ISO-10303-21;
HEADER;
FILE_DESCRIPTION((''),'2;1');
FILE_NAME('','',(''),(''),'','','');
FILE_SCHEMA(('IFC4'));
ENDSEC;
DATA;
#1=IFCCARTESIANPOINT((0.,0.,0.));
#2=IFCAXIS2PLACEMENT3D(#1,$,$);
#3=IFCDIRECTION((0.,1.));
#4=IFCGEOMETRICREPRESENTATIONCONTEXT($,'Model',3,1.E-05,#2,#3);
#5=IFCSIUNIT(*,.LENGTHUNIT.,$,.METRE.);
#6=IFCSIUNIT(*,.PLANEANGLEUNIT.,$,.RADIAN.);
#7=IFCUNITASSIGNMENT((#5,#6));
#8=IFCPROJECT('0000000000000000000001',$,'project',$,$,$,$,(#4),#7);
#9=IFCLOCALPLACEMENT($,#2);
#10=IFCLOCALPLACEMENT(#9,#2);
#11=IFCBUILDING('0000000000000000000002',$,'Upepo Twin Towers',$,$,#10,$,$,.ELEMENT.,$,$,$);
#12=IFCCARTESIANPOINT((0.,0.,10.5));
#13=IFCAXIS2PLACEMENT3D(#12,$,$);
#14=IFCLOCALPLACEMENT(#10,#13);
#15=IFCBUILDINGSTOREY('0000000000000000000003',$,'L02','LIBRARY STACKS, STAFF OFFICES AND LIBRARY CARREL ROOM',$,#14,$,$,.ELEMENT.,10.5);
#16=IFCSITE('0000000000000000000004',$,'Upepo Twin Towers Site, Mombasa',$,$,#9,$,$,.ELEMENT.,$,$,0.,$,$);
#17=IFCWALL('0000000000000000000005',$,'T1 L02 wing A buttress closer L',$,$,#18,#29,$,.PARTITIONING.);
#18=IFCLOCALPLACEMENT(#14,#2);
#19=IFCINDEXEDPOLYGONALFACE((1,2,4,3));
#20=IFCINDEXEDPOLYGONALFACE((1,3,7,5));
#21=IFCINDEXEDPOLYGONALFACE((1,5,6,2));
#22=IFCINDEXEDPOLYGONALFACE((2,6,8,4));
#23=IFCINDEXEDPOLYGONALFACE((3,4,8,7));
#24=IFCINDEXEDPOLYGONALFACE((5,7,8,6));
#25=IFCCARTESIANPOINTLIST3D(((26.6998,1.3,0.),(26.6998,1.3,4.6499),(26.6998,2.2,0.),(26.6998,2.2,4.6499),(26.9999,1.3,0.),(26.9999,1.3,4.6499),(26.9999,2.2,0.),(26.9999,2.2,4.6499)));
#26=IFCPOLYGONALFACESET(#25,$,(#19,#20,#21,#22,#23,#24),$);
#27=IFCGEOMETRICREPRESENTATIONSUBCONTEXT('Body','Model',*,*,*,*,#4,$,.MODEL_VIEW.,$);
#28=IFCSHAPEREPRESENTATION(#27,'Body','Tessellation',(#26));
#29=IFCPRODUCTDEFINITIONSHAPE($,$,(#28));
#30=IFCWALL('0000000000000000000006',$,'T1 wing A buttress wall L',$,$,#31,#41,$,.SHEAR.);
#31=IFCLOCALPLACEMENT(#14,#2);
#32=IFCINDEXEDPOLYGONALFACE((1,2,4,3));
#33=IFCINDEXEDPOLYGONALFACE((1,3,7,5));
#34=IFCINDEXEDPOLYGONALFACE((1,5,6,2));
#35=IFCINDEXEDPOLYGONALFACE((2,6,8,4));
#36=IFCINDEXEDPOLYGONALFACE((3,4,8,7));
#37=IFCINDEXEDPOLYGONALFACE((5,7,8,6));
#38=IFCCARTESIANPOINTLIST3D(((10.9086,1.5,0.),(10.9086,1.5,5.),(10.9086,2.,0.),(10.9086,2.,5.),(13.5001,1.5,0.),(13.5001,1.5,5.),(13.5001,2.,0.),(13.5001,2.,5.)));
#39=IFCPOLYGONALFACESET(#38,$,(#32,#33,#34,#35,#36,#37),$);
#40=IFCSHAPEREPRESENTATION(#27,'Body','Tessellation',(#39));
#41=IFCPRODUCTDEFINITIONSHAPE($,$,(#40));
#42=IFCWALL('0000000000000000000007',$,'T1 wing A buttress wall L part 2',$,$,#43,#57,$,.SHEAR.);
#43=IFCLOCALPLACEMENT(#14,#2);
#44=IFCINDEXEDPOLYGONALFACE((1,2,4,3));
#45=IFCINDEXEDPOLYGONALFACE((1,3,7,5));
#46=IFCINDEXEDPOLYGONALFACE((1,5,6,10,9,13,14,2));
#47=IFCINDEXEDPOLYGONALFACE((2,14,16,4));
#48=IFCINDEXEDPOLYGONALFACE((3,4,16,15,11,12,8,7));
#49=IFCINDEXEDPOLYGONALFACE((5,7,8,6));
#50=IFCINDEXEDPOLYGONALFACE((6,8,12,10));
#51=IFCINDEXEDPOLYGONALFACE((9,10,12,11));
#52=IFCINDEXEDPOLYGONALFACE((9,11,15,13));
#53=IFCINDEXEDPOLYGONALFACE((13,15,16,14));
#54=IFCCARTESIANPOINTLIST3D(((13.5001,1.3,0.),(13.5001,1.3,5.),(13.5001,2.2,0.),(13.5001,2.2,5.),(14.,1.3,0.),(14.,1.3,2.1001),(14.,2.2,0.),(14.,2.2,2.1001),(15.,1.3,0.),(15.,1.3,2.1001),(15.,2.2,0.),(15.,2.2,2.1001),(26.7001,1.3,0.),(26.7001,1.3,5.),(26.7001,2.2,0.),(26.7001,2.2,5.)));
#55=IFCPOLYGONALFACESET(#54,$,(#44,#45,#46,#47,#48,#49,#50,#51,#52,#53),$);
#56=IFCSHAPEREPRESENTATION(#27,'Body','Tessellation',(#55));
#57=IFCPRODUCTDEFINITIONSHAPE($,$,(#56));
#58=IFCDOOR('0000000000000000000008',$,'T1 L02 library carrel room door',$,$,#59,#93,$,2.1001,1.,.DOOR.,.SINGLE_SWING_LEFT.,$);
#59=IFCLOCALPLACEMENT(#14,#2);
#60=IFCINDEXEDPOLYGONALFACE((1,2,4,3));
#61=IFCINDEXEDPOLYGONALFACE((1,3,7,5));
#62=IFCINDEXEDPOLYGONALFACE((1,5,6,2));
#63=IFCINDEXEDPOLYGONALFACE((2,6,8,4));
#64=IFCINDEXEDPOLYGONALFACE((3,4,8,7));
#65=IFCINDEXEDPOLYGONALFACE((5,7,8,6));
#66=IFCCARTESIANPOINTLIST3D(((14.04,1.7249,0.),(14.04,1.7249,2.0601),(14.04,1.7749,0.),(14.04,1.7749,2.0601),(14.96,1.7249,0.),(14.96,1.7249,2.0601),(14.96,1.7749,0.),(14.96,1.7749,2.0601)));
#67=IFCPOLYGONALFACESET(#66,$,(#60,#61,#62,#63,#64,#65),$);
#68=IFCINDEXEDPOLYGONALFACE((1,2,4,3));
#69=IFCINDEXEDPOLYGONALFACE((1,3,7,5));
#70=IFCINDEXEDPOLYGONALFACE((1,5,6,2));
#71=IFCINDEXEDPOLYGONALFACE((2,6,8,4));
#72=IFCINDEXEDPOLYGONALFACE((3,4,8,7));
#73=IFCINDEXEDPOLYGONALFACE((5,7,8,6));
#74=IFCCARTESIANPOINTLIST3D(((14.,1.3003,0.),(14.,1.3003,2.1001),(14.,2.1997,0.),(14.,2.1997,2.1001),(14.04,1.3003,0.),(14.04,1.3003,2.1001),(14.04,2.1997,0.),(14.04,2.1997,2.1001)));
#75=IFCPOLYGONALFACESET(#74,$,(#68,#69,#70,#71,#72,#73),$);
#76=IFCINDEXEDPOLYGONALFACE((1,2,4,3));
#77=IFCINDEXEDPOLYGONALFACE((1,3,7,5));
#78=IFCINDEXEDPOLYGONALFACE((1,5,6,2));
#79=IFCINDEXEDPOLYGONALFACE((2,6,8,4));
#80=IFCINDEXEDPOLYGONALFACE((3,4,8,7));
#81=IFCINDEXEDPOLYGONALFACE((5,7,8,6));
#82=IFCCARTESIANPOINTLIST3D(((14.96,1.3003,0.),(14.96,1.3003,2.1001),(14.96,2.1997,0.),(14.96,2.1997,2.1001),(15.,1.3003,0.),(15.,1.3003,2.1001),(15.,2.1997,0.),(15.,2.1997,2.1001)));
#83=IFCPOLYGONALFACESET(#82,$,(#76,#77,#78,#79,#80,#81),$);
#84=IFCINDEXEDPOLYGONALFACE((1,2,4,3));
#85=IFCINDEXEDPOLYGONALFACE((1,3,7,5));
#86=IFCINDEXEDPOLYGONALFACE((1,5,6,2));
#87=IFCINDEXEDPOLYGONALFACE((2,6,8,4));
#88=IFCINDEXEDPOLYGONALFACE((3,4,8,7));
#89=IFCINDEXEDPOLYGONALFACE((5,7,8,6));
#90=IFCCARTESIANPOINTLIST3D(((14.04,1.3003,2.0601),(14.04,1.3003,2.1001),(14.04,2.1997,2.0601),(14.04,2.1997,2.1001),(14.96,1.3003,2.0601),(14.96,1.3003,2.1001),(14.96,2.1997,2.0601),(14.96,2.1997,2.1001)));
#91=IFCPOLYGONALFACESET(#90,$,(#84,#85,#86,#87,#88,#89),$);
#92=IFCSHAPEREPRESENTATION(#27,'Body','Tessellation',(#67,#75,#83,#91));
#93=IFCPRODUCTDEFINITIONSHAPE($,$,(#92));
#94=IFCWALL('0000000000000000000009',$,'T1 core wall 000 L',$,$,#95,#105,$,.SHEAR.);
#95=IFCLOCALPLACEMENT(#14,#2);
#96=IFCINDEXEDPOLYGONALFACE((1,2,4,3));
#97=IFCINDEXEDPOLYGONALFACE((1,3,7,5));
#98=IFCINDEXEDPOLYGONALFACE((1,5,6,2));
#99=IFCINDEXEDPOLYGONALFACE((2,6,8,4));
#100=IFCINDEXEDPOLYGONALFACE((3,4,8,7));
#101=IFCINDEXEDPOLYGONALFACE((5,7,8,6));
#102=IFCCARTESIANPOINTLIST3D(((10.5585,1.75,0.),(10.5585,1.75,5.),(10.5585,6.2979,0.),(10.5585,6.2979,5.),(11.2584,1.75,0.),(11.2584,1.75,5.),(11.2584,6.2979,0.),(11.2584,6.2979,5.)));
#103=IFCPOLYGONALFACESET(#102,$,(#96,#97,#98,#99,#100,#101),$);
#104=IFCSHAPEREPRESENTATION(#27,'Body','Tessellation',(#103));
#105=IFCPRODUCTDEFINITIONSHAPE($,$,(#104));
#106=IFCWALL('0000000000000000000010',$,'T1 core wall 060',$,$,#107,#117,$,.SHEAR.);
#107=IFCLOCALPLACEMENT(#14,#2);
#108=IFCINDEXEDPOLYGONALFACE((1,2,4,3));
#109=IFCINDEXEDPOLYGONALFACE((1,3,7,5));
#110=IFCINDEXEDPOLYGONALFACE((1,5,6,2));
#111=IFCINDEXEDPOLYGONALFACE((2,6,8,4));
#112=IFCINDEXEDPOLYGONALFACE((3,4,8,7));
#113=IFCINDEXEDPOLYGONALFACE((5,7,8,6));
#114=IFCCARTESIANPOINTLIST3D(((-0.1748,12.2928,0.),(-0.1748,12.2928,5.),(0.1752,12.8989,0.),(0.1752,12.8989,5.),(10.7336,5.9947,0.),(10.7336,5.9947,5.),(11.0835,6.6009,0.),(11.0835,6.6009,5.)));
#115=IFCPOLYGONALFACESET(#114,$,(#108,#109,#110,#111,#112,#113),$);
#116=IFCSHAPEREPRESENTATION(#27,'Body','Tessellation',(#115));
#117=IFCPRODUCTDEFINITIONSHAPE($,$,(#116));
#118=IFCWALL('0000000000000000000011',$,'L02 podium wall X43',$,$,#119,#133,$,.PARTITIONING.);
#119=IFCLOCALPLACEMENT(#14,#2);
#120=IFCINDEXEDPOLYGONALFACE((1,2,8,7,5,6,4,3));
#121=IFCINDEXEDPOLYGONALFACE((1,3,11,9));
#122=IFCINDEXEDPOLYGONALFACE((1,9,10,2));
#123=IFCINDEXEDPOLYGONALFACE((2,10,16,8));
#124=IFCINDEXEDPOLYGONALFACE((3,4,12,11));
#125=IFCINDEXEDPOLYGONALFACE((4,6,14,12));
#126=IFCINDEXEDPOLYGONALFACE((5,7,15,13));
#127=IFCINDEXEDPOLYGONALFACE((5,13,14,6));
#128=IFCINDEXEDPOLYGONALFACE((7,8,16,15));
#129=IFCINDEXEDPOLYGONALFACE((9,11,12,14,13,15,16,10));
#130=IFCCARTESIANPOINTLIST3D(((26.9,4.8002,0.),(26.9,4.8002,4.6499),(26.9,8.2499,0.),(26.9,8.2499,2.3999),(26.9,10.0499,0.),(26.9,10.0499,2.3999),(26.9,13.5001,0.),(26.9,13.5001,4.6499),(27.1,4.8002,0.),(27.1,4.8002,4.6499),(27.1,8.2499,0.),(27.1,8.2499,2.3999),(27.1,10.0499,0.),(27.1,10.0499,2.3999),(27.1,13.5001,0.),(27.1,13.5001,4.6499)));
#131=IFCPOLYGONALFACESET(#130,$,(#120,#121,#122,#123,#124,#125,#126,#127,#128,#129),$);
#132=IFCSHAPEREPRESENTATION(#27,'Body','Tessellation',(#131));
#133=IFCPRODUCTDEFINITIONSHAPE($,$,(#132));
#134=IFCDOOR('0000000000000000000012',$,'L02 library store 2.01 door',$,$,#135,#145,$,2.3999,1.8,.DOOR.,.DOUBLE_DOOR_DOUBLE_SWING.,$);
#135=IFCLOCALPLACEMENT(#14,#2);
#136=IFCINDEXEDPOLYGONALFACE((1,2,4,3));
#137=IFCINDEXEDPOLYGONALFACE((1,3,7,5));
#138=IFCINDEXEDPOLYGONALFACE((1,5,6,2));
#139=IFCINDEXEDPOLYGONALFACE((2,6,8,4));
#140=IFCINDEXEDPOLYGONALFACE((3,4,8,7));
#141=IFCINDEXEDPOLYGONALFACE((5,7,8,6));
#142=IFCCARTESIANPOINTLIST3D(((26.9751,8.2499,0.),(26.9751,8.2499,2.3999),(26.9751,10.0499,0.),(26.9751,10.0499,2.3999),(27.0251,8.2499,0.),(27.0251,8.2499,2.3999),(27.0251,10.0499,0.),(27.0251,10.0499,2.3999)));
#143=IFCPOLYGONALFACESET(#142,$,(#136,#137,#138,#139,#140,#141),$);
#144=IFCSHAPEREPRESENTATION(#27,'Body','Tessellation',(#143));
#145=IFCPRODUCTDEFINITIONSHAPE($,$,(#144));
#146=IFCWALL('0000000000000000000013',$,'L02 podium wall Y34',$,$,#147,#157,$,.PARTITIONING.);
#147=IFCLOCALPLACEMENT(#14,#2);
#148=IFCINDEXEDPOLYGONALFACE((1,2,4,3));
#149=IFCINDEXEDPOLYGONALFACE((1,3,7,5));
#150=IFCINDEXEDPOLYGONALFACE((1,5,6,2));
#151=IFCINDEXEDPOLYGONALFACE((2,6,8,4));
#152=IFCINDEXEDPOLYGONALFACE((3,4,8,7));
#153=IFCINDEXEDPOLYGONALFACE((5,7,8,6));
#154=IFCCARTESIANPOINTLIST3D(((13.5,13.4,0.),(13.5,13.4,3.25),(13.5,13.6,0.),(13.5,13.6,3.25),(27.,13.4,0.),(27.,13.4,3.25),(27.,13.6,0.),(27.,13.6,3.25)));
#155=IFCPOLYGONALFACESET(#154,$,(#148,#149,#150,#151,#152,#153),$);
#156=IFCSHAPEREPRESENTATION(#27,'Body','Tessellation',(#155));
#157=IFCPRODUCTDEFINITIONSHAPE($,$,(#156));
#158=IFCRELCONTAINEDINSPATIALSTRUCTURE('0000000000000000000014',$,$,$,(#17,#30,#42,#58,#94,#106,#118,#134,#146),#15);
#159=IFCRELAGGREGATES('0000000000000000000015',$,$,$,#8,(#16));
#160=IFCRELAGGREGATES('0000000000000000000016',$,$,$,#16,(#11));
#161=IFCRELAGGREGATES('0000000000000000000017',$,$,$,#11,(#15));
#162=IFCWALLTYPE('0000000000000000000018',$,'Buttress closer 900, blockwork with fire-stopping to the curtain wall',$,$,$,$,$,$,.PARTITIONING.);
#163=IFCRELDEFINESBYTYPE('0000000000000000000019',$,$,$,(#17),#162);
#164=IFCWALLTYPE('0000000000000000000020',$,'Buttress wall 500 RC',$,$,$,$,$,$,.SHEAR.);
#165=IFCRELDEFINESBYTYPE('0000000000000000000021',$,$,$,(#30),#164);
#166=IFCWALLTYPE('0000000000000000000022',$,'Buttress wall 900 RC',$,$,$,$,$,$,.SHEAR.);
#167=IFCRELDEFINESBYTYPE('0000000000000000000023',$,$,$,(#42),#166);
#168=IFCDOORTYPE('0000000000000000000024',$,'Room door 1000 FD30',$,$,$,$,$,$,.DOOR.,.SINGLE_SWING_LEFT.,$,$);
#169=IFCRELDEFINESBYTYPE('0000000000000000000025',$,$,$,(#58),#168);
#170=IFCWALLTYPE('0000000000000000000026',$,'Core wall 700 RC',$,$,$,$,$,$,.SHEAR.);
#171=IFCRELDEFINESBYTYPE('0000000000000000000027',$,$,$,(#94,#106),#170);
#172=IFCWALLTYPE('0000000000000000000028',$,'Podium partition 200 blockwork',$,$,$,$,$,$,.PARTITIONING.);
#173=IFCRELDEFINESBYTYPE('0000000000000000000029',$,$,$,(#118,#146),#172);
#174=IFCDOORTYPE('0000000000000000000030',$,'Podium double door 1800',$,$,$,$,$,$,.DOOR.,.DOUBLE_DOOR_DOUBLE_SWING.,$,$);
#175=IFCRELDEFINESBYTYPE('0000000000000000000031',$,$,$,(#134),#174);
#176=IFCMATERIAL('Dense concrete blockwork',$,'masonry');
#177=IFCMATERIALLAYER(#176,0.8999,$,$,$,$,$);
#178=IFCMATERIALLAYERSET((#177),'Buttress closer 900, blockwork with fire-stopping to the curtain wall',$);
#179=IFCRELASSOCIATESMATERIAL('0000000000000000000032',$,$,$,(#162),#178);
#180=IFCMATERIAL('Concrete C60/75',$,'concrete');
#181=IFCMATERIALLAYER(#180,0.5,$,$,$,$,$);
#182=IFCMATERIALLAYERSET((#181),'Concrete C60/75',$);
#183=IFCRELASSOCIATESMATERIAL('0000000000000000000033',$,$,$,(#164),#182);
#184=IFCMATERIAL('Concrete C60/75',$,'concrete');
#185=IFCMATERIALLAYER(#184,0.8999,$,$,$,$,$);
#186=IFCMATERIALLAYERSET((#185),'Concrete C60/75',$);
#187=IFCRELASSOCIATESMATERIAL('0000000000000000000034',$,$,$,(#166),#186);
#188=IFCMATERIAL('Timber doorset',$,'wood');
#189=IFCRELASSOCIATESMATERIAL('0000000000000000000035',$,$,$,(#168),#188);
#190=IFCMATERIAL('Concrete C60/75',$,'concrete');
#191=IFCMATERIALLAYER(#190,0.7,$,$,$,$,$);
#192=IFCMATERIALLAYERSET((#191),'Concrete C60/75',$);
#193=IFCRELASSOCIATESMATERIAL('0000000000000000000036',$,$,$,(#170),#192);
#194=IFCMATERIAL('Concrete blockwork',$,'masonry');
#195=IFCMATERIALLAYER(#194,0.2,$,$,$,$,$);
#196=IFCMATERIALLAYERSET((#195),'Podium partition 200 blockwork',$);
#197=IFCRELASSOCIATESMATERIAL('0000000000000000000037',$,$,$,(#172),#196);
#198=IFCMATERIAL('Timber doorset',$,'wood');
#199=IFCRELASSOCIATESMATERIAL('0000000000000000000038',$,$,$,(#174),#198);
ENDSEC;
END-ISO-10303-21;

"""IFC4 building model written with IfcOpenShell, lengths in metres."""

from ifc_helpers import new_model, si_unit, direction, frame, frame_2d, origin, place, context, subcontext, project, spatial, rectangle, extrude, material, layer, layer_set, type_object, element, fill, save


model = new_model("IFC4")

# Units and contexts
model_context = context("Model", 3, precision=1e-05, world=origin(), true_north=direction((0.0, 1.0)))
body_context = subcontext(model_context, "Body", "Model", "MODEL_VIEW")
ifc_project = project(units=[si_unit("LENGTHUNIT", "METRE"), si_unit("PLANEANGLEUNIT", "RADIAN")], contexts=[model_context])

# Site, building, storey
site_placement = place(None, origin())
site = spatial("IfcSite", under=ifc_project, at=site_placement, Name="Upepo Twin Towers Site, Mombasa", CompositionType="ELEMENT", RefElevation=0.0)
building_placement = place(site_placement, origin())
building = spatial("IfcBuilding", under=site, at=building_placement, Name="Upepo Twin Towers", CompositionType="ELEMENT")
storey_placement = place(building_placement, frame((0.0, 0.0, 10.5)))
storey = spatial("IfcBuildingStorey", under=building, at=storey_placement, Name="L02", Description="LIBRARY STACKS, STAFF OFFICES AND LIBRARY CARREL ROOM", CompositionType="ELEMENT", Elevation=10.5)

# Walls
ifc_material_1 = material(Name="Dense concrete blockwork", Category="masonry")
ifc_layer_1 = layer(ifc_material_1, 0.8999)
ifc_layer_set_1 = layer_set([ifc_layer_1], Name="Buttress closer 900, blockwork with fire-stopping to the curtain wall")
wall_type_1 = type_object("IfcWallType", Name="Buttress closer 900, blockwork with fire-stopping to the curtain wall", PredefinedType="PARTITIONING", material=ifc_layer_set_1)
wall_1_placement = place(storey_placement, frame((26.7, 1.75, 0.0), z_axis=(0.0, 0.0, 1.0), x_axis=(1.0, 0.0, 0.0)))
element("IfcWall", 1, at=wall_1_placement, inside=storey, type_object=wall_type_1, Name="T1 L02 wing A buttress closer L", PredefinedType="PARTITIONING", context=body_context, shape_type="SweptSolid", body=[
    extrude(rectangle(XDim=0.3, YDim=0.8999, at=frame_2d((0.1499, 0.0))), origin(), (0.0, 0.0, 1.0), 4.6499),
])
ifc_material_2 = material(Name="Concrete C60/75", Category="concrete")
ifc_layer_2 = layer(ifc_material_2, 0.5)
ifc_layer_set_2 = layer_set([ifc_layer_2], Name="Concrete C60/75")
wall_type_2 = type_object("IfcWallType", Name="Buttress wall 500 RC", PredefinedType="SHEAR", material=ifc_layer_set_2)
wall_2_placement = place(storey_placement, frame((10.9084, 1.75, 0.0), z_axis=(0.0, 0.0, 1.0), x_axis=(1.0, 0.0, 0.0)))
element("IfcWall", 2, at=wall_2_placement, inside=storey, type_object=wall_type_2, Name="T1 wing A buttress wall L", PredefinedType="SHEAR", context=body_context, shape_type="SweptSolid", body=[
    extrude(rectangle(XDim=2.5916, YDim=0.5, at=frame_2d((1.2959, 0.0))), origin(), (0.0, 0.0, 1.0), 5.0),
])

# Wall, opening, door
ifc_material_3 = material(Name="Concrete C60/75", Category="concrete")
ifc_layer_3 = layer(ifc_material_3, 0.8999)
ifc_layer_set_3 = layer_set([ifc_layer_3], Name="Concrete C60/75")
wall_type_3 = type_object("IfcWallType", Name="Buttress wall 900 RC", PredefinedType="SHEAR", material=ifc_layer_set_3)
wall_3_placement = place(storey_placement, frame((13.5, 1.75, 0.0), z_axis=(0.0, 0.0, 1.0), x_axis=(1.0, 0.0, 0.0)))
wall_3 = element("IfcWall", 3, at=wall_3_placement, inside=storey, type_object=wall_type_3, Name="T1 wing A buttress wall L part 2", PredefinedType="SHEAR", context=body_context, shape_type="SweptSolid", body=[
    extrude(rectangle(XDim=13.2, YDim=0.8999, at=frame_2d((6.6001, 0.0))), origin(), (0.0, 0.0, 1.0), 5.0),
])
opening_1_placement = place(wall_3_placement, frame((0.5, 0.0, 0.0)))
opening_1 = element("IfcOpeningElement", 4, at=opening_1_placement, cuts=wall_3, PredefinedType="OPENING", context=body_context, shape_type="SweptSolid", body=[
    extrude(rectangle(XDim=1.0, YDim=2.1001, at=frame_2d((0.5, 1.05))), frame((0.0, 0.46, 0.0), z_axis=(0.0, -1.0, 0.0), x_axis=(1.0, 0.0, 0.0)), (0.0, 0.0, 1.0), 0.9199),
])
ifc_material_4 = material(Name="Timber doorset", Category="wood")
door_type_1 = type_object("IfcDoorType", Name="Room door 1000 FD30", OperationType="SINGLE_SWING_LEFT", PredefinedType="DOOR", material=ifc_material_4)
door_1_placement = place(opening_1_placement, origin())
door_1 = element("IfcDoor", 5, at=door_1_placement, inside=storey, type_object=door_type_1, Name="T1 L02 library carrel room door", OperationType="SINGLE_SWING_LEFT", OverallHeight=2.1001, OverallWidth=1.0, PredefinedType="DOOR", context=body_context, shape_type="SweptSolid", body=[
    extrude(rectangle(XDim=0.92, YDim=2.0601, at=frame_2d((0.5, 1.03))), frame((0.0, 0.0249, 0.0), z_axis=(0.0, -1.0, 0.0), x_axis=(1.0, 0.0, 0.0)), (0.0, 0.0, 1.0), 0.05),
    extrude(rectangle(XDim=0.04, YDim=2.1001, at=frame_2d((0.02, 1.05))), frame((0.0, 0.4497, 0.0), z_axis=(0.0, -1.0, 0.0), x_axis=(1.0, 0.0, 0.0)), (0.0, 0.0, 1.0), 0.8994),
    extrude(rectangle(XDim=0.04, YDim=2.1001, at=frame_2d((0.98, 1.05))), frame((0.0, 0.4497, 0.0), z_axis=(0.0, -1.0, 0.0), x_axis=(1.0, 0.0, 0.0)), (0.0, 0.0, 1.0), 0.8994),
    extrude(rectangle(XDim=0.92, YDim=0.04, at=frame_2d((0.5, 2.0801))), frame((0.0, 0.4497, 0.0), z_axis=(0.0, -1.0, 0.0), x_axis=(1.0, 0.0, 0.0)), (0.0, 0.0, 1.0), 0.8994),
])
fill(opening_1, door_1)

# Walls
ifc_material_5 = material(Name="Concrete C60/75", Category="concrete")
ifc_layer_4 = layer(ifc_material_5, 0.7)
ifc_layer_set_4 = layer_set([ifc_layer_4], Name="Concrete C60/75")
wall_type_4 = type_object("IfcWallType", Name="Core wall 700 RC", PredefinedType="SHEAR", material=ifc_layer_set_4)
wall_4_placement = place(storey_placement, frame((10.9084, 1.75, 0.0), z_axis=(0.0, 0.0, 1.0), x_axis=(0.0, 1.0, 0.0)))
element("IfcWall", 6, at=wall_4_placement, inside=storey, type_object=wall_type_4, Name="T1 core wall 000 L", PredefinedType="SHEAR", context=body_context, shape_type="SweptSolid", body=[
    extrude(rectangle(XDim=4.5479, YDim=0.7, at=frame_2d((2.2739, 0.0))), origin(), (0.0, 0.0, 1.0), 5.0),
])
wall_5_placement = place(storey_placement, frame((10.9084, 6.2979, 0.0), z_axis=(0.0, 0.0, 1.0), x_axis=(-0.866022, 0.500006, 0.0)))
element("IfcWall", 7, at=wall_5_placement, inside=storey, type_object=wall_type_4, Name="T1 core wall 060", PredefinedType="SHEAR", context=body_context, shape_type="SweptSolid", body=[
    extrude(rectangle(XDim=12.5959, YDim=0.7, at=frame_2d((6.2979, 0.0))), origin(), (0.0, 0.0, 1.0), 5.0),
])

# Wall, opening, door
ifc_material_6 = material(Name="Concrete blockwork", Category="masonry")
ifc_layer_5 = layer(ifc_material_6, 0.2)
ifc_layer_set_5 = layer_set([ifc_layer_5], Name="Podium partition 200 blockwork")
wall_type_5 = type_object("IfcWallType", Name="Podium partition 200 blockwork", PredefinedType="PARTITIONING", material=ifc_layer_set_5)
wall_6_placement = place(storey_placement, frame((27.0, 4.8, 0.0), z_axis=(0.0, 0.0, 1.0), x_axis=(0.0, 1.0, 0.0)))
wall_6 = element("IfcWall", 8, at=wall_6_placement, inside=storey, type_object=wall_type_5, Name="L02 podium wall X43", PredefinedType="PARTITIONING", context=body_context, shape_type="SweptSolid", body=[
    extrude(rectangle(XDim=8.7, YDim=0.2, at=frame_2d((4.3501, 0.0))), origin(), (0.0, 0.0, 1.0), 4.6499),
])
opening_2_placement = place(wall_6_placement, frame((3.45, 0.0, 0.0)))
opening_2 = element("IfcOpeningElement", 9, at=opening_2_placement, cuts=wall_6, PredefinedType="OPENING", context=body_context, shape_type="SweptSolid", body=[
    extrude(rectangle(XDim=1.8, YDim=2.3999, at=frame_2d((0.8999, 1.2))), frame((0.0, 0.1099, 0.0), z_axis=(0.0, -1.0, 0.0), x_axis=(1.0, 0.0, 0.0)), (0.0, 0.0, 1.0), 0.22),
])
ifc_material_7 = material(Name="Timber doorset", Category="wood")
door_type_2 = type_object("IfcDoorType", Name="Podium double door 1800", OperationType="DOUBLE_DOOR_DOUBLE_SWING", PredefinedType="DOOR", material=ifc_material_7)
door_2_placement = place(opening_2_placement, origin())
door_2 = element("IfcDoor", 10, at=door_2_placement, inside=storey, type_object=door_type_2, Name="L02 library store 2.01 door", OperationType="DOUBLE_DOOR_DOUBLE_SWING", OverallHeight=2.3999, OverallWidth=1.8, PredefinedType="DOOR", context=body_context, shape_type="SweptSolid", body=[
    extrude(rectangle(XDim=1.8, YDim=2.3999, at=frame_2d((0.8999, 1.2))), frame((0.0, 0.0249, 0.0), z_axis=(0.0, -1.0, 0.0), x_axis=(1.0, 0.0, 0.0)), (0.0, 0.0, 1.0), 0.05),
])
fill(opening_2, door_2)

# Wall
wall_7_placement = place(storey_placement, frame((13.5, 13.5, 0.0), z_axis=(0.0, 0.0, 1.0), x_axis=(1.0, 0.0, 0.0)))
element("IfcWall", 11, at=wall_7_placement, inside=storey, type_object=wall_type_5, Name="L02 podium wall Y34", PredefinedType="PARTITIONING", context=body_context, shape_type="SweptSolid", body=[
    extrude(rectangle(XDim=13.5, YDim=0.2, at=frame_2d((6.75, 0.0))), origin(), (0.0, 0.0, 1.0), 3.25),
])

save(model, "model.ifc")
